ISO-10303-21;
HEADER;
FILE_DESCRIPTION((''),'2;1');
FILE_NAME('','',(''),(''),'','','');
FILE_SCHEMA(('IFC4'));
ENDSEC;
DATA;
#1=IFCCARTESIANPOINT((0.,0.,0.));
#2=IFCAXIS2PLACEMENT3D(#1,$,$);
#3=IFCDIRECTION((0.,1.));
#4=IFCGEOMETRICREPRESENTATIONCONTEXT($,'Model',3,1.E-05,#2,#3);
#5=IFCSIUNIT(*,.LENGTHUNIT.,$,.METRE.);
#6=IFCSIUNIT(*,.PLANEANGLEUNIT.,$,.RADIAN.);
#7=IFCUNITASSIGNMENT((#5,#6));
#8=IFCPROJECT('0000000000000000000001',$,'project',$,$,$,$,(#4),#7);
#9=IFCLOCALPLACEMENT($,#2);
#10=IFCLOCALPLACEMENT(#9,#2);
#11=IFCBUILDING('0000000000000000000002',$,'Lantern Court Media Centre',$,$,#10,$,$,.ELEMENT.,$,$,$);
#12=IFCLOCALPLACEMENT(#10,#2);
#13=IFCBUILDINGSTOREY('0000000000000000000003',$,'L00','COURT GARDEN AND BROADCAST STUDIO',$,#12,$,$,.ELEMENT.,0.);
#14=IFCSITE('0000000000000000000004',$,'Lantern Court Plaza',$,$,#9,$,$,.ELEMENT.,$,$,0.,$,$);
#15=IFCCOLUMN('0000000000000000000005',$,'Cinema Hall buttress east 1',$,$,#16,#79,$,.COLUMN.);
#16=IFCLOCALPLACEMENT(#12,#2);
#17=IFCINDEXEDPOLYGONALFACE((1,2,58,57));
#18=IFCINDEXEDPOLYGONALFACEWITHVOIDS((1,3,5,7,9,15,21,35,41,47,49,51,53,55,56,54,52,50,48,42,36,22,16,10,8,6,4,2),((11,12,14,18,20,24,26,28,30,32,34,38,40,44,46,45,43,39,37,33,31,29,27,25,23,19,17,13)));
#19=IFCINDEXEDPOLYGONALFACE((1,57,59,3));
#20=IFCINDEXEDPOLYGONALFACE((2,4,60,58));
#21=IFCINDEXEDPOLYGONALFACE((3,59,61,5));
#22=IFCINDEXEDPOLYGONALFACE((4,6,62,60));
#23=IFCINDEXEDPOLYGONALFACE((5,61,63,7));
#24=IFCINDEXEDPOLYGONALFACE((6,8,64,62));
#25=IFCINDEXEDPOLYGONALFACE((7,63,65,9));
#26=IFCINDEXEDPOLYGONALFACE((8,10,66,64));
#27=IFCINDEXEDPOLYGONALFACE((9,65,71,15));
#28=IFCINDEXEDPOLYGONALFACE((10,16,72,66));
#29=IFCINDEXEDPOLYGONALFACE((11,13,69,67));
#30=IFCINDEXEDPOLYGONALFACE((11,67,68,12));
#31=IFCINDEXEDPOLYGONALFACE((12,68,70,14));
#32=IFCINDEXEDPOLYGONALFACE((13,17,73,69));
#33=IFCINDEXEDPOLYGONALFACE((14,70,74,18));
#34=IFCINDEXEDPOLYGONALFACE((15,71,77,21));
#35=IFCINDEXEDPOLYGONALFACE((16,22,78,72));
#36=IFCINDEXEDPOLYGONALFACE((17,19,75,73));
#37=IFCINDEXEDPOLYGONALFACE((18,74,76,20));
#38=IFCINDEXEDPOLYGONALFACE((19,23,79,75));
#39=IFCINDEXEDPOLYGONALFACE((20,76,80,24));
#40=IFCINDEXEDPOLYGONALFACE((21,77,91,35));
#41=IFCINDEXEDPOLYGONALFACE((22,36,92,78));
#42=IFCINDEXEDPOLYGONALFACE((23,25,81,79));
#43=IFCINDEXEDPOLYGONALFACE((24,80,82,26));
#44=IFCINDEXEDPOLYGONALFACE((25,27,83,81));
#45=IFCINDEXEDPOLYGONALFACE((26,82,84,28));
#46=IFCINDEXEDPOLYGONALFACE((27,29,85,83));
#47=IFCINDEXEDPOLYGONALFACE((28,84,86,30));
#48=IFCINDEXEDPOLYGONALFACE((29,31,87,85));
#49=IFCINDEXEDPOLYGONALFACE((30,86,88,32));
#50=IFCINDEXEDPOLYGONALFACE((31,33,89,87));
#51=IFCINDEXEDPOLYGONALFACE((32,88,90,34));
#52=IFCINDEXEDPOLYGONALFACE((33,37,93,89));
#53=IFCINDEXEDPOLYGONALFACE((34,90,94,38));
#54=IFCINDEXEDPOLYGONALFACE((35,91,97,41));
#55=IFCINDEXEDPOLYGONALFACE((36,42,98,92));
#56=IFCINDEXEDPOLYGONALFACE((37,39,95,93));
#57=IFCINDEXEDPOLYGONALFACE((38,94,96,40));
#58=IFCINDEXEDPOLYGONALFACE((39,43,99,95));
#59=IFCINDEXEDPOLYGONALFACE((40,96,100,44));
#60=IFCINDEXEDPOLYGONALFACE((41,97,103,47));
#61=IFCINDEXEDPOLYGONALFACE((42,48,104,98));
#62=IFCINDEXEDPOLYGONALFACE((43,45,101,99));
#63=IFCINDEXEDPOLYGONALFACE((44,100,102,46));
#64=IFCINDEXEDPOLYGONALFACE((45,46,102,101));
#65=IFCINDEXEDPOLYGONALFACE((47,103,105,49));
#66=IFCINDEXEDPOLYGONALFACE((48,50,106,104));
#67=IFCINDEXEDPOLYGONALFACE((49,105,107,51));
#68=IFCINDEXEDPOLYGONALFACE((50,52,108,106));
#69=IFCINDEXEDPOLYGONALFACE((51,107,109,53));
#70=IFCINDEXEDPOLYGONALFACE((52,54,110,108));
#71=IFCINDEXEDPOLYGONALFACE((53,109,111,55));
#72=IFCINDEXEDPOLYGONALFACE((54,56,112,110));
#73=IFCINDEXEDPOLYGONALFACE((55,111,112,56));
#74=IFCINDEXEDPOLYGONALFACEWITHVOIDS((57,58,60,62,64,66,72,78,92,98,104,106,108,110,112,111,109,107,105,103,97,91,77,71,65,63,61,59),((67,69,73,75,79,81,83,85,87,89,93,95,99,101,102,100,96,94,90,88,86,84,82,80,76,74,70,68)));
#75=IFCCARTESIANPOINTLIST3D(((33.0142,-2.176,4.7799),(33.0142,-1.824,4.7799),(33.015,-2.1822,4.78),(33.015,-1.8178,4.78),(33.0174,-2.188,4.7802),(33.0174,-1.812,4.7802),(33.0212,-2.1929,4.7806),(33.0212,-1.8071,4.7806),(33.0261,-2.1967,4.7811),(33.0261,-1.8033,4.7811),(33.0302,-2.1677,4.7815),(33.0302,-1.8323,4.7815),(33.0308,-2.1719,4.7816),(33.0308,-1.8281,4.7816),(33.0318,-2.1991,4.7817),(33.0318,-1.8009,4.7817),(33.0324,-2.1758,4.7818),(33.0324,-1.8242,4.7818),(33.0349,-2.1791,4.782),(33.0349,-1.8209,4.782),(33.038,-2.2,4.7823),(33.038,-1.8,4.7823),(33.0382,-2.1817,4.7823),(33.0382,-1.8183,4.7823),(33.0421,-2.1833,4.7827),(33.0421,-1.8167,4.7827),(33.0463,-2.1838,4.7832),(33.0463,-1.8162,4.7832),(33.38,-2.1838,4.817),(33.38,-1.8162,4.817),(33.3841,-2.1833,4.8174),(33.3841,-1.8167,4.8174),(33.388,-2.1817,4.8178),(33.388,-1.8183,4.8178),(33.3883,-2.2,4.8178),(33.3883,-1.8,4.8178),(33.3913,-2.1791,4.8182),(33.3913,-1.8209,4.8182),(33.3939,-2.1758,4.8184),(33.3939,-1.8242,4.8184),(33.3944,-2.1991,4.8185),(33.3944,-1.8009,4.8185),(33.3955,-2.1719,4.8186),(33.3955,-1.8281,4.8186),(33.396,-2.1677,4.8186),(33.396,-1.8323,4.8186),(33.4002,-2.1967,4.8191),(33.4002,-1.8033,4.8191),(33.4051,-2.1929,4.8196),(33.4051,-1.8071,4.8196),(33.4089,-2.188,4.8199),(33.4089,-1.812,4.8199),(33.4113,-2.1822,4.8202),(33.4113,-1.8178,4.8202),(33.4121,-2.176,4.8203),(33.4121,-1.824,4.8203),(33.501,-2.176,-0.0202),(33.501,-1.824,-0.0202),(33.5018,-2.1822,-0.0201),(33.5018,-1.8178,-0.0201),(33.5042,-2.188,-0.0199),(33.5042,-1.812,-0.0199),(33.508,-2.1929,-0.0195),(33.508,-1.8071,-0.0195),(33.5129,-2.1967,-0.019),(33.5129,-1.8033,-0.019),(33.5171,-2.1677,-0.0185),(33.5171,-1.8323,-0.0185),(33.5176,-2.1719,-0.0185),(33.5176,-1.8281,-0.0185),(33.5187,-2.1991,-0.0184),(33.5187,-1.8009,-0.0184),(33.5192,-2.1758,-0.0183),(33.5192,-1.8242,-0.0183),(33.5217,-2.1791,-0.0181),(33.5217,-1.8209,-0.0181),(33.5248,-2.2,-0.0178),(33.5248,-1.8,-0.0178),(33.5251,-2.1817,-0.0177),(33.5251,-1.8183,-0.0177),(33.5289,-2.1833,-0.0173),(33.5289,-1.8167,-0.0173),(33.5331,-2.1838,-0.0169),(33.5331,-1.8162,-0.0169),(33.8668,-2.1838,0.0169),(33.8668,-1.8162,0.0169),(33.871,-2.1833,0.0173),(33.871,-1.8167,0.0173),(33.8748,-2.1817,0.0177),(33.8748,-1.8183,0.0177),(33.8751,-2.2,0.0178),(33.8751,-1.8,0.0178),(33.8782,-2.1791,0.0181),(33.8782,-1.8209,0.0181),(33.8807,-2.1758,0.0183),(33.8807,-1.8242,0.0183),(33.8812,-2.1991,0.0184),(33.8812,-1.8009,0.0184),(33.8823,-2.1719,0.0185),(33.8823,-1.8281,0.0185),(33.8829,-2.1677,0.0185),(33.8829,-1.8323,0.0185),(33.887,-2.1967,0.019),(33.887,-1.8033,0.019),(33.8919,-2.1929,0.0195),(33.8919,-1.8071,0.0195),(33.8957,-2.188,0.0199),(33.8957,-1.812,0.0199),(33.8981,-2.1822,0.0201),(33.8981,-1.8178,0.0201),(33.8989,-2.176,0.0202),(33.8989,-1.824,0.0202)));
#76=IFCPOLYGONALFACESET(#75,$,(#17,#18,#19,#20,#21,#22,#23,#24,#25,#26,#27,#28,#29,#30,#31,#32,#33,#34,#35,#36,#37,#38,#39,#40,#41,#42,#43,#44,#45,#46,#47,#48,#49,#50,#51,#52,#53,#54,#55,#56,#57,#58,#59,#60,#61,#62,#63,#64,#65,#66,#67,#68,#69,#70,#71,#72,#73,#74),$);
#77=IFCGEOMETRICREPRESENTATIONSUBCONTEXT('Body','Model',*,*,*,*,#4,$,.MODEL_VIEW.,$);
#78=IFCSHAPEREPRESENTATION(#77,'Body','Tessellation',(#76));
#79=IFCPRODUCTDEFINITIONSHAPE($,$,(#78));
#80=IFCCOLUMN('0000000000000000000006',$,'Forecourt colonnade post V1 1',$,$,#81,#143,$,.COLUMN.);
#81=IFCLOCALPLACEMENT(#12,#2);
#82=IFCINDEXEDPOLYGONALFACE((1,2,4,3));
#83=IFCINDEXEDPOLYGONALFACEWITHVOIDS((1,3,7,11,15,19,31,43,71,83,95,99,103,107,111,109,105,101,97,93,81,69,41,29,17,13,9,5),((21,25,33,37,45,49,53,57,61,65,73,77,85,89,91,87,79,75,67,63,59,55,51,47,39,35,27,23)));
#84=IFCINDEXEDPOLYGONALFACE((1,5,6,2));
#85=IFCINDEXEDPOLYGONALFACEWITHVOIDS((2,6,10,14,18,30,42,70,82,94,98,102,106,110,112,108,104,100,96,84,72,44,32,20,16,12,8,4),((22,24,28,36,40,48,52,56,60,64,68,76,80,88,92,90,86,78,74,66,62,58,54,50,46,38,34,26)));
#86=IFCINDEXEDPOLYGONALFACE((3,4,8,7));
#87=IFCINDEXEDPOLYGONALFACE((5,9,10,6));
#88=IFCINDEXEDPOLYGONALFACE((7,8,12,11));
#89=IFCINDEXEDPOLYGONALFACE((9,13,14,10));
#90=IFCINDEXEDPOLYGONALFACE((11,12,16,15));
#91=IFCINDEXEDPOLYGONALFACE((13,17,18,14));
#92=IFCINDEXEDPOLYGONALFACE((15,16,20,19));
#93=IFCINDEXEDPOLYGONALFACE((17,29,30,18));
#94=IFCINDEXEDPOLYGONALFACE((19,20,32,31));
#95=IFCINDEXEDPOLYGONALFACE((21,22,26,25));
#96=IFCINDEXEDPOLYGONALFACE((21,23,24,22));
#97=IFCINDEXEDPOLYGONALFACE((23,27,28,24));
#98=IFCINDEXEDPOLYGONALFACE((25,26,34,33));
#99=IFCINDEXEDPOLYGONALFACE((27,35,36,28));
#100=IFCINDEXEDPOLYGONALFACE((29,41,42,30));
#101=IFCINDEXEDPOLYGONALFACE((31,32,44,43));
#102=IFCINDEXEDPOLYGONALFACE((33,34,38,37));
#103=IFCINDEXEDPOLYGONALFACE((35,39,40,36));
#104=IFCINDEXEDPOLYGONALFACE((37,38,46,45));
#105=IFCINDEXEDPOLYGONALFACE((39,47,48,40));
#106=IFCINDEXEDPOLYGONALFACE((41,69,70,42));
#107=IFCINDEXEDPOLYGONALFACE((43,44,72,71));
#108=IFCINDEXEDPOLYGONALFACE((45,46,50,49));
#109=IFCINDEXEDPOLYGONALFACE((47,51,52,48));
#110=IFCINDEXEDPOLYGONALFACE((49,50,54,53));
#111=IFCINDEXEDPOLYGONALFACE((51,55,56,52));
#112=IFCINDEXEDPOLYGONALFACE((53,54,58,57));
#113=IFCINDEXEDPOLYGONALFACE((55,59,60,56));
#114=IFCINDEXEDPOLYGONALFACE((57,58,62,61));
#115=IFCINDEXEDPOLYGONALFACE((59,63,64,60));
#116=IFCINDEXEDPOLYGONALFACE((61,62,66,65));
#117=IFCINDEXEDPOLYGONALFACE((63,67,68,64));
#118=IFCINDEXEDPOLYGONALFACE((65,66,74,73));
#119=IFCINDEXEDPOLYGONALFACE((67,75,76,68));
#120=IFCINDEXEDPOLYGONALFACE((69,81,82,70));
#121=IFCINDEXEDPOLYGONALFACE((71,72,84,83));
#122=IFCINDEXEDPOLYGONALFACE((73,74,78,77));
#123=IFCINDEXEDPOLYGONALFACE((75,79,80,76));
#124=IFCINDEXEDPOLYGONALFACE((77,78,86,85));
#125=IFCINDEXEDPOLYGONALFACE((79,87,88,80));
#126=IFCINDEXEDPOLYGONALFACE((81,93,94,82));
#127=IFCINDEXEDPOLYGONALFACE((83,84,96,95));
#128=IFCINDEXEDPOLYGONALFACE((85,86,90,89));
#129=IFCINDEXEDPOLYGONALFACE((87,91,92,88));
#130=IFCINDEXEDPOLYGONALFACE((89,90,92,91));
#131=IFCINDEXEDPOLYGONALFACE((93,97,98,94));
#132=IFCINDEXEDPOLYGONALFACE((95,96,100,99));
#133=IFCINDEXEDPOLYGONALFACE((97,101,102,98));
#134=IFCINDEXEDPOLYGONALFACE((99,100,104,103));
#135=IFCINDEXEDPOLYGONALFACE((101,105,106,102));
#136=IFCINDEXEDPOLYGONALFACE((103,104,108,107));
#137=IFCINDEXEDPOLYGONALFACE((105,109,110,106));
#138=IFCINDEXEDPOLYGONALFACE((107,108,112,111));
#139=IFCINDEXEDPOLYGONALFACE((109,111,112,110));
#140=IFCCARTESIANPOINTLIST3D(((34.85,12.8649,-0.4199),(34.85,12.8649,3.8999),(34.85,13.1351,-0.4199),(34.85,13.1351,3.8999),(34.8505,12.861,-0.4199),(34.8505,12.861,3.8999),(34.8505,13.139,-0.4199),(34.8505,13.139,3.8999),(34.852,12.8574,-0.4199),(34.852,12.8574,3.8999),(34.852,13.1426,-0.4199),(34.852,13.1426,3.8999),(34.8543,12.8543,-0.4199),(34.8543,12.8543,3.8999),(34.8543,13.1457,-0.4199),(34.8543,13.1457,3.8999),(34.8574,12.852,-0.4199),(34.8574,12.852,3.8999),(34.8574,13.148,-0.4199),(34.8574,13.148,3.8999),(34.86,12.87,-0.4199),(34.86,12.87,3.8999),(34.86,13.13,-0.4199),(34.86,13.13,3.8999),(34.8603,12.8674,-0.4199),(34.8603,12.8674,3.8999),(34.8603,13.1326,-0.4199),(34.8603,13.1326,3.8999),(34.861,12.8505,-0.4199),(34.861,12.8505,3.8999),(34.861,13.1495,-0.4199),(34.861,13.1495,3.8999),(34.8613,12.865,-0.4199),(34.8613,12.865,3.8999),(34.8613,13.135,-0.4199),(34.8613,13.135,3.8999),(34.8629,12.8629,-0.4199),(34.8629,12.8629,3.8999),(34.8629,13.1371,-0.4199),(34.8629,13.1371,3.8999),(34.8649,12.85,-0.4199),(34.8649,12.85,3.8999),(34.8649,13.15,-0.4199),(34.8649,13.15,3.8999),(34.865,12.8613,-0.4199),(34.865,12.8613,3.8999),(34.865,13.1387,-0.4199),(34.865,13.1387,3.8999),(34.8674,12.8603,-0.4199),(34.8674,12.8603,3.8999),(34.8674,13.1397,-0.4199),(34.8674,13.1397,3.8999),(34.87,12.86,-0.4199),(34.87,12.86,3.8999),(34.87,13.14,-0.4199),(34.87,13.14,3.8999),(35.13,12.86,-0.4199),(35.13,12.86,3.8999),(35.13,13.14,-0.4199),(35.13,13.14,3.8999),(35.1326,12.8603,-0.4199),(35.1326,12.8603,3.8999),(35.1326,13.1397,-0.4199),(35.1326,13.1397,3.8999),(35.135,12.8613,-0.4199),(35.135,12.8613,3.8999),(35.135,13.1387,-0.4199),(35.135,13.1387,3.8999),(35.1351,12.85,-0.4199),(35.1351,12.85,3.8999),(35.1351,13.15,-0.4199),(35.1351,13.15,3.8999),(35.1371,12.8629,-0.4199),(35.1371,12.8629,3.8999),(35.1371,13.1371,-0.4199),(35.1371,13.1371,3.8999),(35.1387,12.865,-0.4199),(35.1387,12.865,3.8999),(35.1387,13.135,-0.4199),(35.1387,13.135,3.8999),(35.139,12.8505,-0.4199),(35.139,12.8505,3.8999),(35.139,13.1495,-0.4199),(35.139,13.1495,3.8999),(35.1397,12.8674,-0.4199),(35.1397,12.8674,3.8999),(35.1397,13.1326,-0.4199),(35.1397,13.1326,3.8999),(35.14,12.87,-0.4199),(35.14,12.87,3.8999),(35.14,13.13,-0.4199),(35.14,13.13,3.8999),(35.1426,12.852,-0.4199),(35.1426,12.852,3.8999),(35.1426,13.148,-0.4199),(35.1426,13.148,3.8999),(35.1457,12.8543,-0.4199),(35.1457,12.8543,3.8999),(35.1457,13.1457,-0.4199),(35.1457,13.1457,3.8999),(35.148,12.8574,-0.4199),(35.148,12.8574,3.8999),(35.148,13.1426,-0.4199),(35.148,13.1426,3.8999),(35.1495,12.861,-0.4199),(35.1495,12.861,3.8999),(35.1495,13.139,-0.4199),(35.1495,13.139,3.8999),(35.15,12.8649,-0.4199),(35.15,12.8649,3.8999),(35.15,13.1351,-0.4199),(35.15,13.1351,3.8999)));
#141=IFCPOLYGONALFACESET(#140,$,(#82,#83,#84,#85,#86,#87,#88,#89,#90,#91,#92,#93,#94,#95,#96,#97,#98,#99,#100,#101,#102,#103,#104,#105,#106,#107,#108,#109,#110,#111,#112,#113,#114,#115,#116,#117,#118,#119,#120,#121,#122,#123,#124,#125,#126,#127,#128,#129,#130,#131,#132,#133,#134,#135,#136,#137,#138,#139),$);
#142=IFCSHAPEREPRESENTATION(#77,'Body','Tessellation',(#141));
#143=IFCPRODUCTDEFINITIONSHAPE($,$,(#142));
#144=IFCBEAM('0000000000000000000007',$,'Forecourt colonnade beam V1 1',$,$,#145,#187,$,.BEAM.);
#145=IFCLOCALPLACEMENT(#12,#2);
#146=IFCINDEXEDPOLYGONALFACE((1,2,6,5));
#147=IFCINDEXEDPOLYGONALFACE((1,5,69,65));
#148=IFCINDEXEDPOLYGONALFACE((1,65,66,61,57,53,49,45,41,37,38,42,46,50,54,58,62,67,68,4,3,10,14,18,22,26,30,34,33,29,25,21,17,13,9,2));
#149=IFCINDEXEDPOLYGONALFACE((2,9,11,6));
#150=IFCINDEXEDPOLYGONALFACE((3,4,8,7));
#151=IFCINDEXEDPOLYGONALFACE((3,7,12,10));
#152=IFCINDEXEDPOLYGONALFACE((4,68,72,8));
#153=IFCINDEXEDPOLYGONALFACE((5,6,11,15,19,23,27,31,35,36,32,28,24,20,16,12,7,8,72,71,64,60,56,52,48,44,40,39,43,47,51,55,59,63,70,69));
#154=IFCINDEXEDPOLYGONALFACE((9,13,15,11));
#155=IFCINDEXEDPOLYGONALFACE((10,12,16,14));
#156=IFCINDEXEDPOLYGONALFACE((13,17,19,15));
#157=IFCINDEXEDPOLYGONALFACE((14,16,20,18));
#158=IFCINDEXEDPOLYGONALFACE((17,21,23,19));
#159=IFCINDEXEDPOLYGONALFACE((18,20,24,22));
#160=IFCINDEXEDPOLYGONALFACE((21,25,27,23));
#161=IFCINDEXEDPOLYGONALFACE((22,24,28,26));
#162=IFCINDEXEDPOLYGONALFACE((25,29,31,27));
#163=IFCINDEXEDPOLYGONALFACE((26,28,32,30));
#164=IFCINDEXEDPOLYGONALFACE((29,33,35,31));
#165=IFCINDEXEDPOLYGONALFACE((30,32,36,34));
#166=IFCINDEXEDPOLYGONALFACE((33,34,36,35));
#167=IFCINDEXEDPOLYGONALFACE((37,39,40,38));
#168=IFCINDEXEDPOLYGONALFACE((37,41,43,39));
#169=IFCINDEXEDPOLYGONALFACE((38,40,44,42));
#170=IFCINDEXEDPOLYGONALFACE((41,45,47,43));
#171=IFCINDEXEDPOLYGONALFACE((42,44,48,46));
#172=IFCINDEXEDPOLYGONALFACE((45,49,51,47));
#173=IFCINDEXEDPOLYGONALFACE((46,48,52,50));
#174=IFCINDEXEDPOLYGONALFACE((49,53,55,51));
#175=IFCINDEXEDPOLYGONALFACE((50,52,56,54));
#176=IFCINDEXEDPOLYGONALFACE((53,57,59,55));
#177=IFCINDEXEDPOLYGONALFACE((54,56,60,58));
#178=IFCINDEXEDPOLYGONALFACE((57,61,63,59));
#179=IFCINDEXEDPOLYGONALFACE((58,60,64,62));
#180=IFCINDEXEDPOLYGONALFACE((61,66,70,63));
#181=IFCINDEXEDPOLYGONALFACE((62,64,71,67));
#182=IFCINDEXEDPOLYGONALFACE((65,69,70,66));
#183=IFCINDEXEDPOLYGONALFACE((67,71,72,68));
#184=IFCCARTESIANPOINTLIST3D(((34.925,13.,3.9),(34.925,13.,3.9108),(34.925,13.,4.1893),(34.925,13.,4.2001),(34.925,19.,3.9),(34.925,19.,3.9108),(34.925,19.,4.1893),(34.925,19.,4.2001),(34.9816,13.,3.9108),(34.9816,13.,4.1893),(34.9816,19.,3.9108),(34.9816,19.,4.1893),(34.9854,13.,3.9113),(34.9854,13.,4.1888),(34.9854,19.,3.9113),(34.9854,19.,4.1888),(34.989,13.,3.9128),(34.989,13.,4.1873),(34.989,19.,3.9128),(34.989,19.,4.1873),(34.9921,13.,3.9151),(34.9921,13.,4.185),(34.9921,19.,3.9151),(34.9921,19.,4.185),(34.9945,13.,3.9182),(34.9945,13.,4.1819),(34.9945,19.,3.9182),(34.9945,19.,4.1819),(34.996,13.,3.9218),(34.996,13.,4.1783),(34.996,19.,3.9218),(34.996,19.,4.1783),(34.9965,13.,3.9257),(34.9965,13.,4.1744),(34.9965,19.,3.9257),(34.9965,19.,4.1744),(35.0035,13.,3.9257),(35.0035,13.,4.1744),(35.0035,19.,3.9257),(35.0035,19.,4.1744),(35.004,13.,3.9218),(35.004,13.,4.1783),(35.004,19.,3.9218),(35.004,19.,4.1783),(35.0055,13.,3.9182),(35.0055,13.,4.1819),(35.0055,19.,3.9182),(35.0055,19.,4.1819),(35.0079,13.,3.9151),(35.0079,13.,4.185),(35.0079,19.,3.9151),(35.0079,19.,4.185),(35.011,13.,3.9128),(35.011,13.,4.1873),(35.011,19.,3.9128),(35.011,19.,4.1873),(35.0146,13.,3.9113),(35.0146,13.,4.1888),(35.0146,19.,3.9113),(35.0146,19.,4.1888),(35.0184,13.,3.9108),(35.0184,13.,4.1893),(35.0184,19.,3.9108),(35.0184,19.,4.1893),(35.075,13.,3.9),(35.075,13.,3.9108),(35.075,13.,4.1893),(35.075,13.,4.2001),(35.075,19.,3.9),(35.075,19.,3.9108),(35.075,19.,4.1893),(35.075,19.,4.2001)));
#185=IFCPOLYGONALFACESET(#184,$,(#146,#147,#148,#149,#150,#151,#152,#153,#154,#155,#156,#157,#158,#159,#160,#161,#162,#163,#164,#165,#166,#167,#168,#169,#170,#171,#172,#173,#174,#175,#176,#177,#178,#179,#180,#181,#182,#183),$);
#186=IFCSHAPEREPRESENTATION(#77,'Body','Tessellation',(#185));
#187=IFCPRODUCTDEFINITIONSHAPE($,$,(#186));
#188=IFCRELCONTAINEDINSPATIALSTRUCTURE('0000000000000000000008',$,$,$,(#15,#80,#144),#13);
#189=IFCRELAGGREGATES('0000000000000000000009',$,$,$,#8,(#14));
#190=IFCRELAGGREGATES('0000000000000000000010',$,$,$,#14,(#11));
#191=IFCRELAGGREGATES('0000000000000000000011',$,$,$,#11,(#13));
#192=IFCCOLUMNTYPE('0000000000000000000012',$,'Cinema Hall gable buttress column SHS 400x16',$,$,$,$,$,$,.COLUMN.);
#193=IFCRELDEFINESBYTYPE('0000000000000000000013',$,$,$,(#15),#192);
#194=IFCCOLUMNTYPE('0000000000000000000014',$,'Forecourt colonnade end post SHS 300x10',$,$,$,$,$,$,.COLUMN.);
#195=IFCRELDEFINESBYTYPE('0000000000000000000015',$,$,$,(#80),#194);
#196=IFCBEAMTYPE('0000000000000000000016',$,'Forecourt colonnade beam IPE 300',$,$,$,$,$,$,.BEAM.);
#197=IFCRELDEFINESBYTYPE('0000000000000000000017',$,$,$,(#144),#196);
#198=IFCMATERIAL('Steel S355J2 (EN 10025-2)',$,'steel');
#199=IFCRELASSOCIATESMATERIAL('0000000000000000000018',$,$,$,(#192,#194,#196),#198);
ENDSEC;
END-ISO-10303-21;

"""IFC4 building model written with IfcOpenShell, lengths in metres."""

from ifc_helpers import new_model, si_unit, direction, frame, origin, origin_2d, place, context, subcontext, project, spatial, hollow_rectangle, i_section, extrude, material, material_profile, profile_set, type_object, element, save


model = new_model("IFC4")

# Units and contexts
model_context = context("Model", 3, precision=1e-05, world=origin(), true_north=direction((0.0, 1.0)))
body_context = subcontext(model_context, "Body", "Model", "MODEL_VIEW")
ifc_project = project(units=[si_unit("LENGTHUNIT", "METRE"), si_unit("PLANEANGLEUNIT", "RADIAN")], contexts=[model_context])

# Site, building, storey
site_placement = place(None, origin())
site = spatial("IfcSite", under=ifc_project, at=site_placement, Name="Lantern Court Plaza", CompositionType="ELEMENT", RefElevation=0.0)
building_placement = place(site_placement, origin())
building = spatial("IfcBuilding", under=site, at=building_placement, Name="Lantern Court Media Centre", CompositionType="ELEMENT")
storey_placement = place(building_placement, origin())
storey = spatial("IfcBuildingStorey", under=building, at=storey_placement, Name="L00", Description="COURT GARDEN AND BROADCAST STUDIO", CompositionType="ELEMENT", Elevation=0.0)

# Columns
ifc_material_1 = material(Name="Steel S355J2 (EN 10025-2)", Category="steel")
ifc_material_profile_1 = material_profile(ifc_material_1, hollow_rectangle(XDim=0.3999, YDim=0.3999, WallThickness=0.0161, InnerFilletRadius=0.0161, OuterFilletRadius=0.0239, at=origin_2d()), Name="Cinema Hall gable buttress column SHS 400x16")
ifc_profile_set_1 = profile_set([ifc_material_profile_1], Name="Steel S355J2 (EN 10025-2)")
column_type_1 = type_object("IfcColumnType", Name="Cinema Hall gable buttress column SHS 400x16", PredefinedType="COLUMN", material=ifc_profile_set_1)
column_1_placement = place(storey_placement, frame((33.7, -2.0, 0.0), z_axis=(-0.100901, 0.0, 0.994896), x_axis=(0.0, -1.0, 0.0)))
element("IfcColumn", 1, at=column_1_placement, inside=storey, type_object=column_type_1, Name="Cinema Hall buttress east 1", PredefinedType="COLUMN", context=body_context, shape_type="SweptSolid", body=[
    extrude(hollow_rectangle(XDim=0.3999, YDim=0.3999, WallThickness=0.0161, InnerFilletRadius=0.0161, OuterFilletRadius=0.0239, at=origin_2d()), origin(), (0.0, 0.0, 1.0), 4.8247),
])
ifc_material_profile_2 = material_profile(ifc_material_1, hollow_rectangle(XDim=0.3, YDim=0.3, WallThickness=0.01, InnerFilletRadius=0.01, OuterFilletRadius=0.0149, at=origin_2d()), Name="Forecourt colonnade end post SHS 300x10")
ifc_profile_set_2 = profile_set([ifc_material_profile_2], Name="Steel S355J2 (EN 10025-2)")
column_type_2 = type_object("IfcColumnType", Name="Forecourt colonnade end post SHS 300x10", PredefinedType="COLUMN", material=ifc_profile_set_2)
column_2_placement = place(storey_placement, frame((35.0, 13.0, -0.4199), z_axis=(0.0, 0.0, 1.0), x_axis=(1.0, 0.0, 0.0)))
element("IfcColumn", 2, at=column_2_placement, inside=storey, type_object=column_type_2, Name="Forecourt colonnade post V1 1", PredefinedType="COLUMN", context=body_context, shape_type="SweptSolid", body=[
    extrude(hollow_rectangle(XDim=0.3, YDim=0.3, WallThickness=0.01, InnerFilletRadius=0.01, OuterFilletRadius=0.0149, at=origin_2d()), origin(), (0.0, 0.0, 1.0), 4.3198),
])

# Beam
ifc_material_profile_3 = material_profile(ifc_material_1, i_section(OverallWidth=0.1499, OverallDepth=0.3, WebThickness=0.0071, FlangeThickness=0.0107, FilletRadius=0.0149, at=origin_2d()), Name="IPE 300")
ifc_profile_set_3 = profile_set([ifc_material_profile_3], Name="Steel S355J2 (EN 10025-2)")
beam_type_1 = type_object("IfcBeamType", Name="Forecourt colonnade beam IPE 300", PredefinedType="BEAM", material=ifc_profile_set_3)
beam_placement = place(storey_placement, frame((35.0, 13.0, 4.05), z_axis=(0.0, 1.0, 0.0), x_axis=(-1.0, 0.0, 0.0)))
element("IfcBeam", 3, at=beam_placement, inside=storey, type_object=beam_type_1, Name="Forecourt colonnade beam V1 1", PredefinedType="BEAM", context=body_context, shape_type="SweptSolid", body=[
    extrude(i_section(OverallWidth=0.1499, OverallDepth=0.3, WebThickness=0.0071, FlangeThickness=0.0107, FilletRadius=0.0149, at=origin_2d()), origin(), (0.0, 0.0, 1.0), 6.0),
])

save(model, "model.ifc")
